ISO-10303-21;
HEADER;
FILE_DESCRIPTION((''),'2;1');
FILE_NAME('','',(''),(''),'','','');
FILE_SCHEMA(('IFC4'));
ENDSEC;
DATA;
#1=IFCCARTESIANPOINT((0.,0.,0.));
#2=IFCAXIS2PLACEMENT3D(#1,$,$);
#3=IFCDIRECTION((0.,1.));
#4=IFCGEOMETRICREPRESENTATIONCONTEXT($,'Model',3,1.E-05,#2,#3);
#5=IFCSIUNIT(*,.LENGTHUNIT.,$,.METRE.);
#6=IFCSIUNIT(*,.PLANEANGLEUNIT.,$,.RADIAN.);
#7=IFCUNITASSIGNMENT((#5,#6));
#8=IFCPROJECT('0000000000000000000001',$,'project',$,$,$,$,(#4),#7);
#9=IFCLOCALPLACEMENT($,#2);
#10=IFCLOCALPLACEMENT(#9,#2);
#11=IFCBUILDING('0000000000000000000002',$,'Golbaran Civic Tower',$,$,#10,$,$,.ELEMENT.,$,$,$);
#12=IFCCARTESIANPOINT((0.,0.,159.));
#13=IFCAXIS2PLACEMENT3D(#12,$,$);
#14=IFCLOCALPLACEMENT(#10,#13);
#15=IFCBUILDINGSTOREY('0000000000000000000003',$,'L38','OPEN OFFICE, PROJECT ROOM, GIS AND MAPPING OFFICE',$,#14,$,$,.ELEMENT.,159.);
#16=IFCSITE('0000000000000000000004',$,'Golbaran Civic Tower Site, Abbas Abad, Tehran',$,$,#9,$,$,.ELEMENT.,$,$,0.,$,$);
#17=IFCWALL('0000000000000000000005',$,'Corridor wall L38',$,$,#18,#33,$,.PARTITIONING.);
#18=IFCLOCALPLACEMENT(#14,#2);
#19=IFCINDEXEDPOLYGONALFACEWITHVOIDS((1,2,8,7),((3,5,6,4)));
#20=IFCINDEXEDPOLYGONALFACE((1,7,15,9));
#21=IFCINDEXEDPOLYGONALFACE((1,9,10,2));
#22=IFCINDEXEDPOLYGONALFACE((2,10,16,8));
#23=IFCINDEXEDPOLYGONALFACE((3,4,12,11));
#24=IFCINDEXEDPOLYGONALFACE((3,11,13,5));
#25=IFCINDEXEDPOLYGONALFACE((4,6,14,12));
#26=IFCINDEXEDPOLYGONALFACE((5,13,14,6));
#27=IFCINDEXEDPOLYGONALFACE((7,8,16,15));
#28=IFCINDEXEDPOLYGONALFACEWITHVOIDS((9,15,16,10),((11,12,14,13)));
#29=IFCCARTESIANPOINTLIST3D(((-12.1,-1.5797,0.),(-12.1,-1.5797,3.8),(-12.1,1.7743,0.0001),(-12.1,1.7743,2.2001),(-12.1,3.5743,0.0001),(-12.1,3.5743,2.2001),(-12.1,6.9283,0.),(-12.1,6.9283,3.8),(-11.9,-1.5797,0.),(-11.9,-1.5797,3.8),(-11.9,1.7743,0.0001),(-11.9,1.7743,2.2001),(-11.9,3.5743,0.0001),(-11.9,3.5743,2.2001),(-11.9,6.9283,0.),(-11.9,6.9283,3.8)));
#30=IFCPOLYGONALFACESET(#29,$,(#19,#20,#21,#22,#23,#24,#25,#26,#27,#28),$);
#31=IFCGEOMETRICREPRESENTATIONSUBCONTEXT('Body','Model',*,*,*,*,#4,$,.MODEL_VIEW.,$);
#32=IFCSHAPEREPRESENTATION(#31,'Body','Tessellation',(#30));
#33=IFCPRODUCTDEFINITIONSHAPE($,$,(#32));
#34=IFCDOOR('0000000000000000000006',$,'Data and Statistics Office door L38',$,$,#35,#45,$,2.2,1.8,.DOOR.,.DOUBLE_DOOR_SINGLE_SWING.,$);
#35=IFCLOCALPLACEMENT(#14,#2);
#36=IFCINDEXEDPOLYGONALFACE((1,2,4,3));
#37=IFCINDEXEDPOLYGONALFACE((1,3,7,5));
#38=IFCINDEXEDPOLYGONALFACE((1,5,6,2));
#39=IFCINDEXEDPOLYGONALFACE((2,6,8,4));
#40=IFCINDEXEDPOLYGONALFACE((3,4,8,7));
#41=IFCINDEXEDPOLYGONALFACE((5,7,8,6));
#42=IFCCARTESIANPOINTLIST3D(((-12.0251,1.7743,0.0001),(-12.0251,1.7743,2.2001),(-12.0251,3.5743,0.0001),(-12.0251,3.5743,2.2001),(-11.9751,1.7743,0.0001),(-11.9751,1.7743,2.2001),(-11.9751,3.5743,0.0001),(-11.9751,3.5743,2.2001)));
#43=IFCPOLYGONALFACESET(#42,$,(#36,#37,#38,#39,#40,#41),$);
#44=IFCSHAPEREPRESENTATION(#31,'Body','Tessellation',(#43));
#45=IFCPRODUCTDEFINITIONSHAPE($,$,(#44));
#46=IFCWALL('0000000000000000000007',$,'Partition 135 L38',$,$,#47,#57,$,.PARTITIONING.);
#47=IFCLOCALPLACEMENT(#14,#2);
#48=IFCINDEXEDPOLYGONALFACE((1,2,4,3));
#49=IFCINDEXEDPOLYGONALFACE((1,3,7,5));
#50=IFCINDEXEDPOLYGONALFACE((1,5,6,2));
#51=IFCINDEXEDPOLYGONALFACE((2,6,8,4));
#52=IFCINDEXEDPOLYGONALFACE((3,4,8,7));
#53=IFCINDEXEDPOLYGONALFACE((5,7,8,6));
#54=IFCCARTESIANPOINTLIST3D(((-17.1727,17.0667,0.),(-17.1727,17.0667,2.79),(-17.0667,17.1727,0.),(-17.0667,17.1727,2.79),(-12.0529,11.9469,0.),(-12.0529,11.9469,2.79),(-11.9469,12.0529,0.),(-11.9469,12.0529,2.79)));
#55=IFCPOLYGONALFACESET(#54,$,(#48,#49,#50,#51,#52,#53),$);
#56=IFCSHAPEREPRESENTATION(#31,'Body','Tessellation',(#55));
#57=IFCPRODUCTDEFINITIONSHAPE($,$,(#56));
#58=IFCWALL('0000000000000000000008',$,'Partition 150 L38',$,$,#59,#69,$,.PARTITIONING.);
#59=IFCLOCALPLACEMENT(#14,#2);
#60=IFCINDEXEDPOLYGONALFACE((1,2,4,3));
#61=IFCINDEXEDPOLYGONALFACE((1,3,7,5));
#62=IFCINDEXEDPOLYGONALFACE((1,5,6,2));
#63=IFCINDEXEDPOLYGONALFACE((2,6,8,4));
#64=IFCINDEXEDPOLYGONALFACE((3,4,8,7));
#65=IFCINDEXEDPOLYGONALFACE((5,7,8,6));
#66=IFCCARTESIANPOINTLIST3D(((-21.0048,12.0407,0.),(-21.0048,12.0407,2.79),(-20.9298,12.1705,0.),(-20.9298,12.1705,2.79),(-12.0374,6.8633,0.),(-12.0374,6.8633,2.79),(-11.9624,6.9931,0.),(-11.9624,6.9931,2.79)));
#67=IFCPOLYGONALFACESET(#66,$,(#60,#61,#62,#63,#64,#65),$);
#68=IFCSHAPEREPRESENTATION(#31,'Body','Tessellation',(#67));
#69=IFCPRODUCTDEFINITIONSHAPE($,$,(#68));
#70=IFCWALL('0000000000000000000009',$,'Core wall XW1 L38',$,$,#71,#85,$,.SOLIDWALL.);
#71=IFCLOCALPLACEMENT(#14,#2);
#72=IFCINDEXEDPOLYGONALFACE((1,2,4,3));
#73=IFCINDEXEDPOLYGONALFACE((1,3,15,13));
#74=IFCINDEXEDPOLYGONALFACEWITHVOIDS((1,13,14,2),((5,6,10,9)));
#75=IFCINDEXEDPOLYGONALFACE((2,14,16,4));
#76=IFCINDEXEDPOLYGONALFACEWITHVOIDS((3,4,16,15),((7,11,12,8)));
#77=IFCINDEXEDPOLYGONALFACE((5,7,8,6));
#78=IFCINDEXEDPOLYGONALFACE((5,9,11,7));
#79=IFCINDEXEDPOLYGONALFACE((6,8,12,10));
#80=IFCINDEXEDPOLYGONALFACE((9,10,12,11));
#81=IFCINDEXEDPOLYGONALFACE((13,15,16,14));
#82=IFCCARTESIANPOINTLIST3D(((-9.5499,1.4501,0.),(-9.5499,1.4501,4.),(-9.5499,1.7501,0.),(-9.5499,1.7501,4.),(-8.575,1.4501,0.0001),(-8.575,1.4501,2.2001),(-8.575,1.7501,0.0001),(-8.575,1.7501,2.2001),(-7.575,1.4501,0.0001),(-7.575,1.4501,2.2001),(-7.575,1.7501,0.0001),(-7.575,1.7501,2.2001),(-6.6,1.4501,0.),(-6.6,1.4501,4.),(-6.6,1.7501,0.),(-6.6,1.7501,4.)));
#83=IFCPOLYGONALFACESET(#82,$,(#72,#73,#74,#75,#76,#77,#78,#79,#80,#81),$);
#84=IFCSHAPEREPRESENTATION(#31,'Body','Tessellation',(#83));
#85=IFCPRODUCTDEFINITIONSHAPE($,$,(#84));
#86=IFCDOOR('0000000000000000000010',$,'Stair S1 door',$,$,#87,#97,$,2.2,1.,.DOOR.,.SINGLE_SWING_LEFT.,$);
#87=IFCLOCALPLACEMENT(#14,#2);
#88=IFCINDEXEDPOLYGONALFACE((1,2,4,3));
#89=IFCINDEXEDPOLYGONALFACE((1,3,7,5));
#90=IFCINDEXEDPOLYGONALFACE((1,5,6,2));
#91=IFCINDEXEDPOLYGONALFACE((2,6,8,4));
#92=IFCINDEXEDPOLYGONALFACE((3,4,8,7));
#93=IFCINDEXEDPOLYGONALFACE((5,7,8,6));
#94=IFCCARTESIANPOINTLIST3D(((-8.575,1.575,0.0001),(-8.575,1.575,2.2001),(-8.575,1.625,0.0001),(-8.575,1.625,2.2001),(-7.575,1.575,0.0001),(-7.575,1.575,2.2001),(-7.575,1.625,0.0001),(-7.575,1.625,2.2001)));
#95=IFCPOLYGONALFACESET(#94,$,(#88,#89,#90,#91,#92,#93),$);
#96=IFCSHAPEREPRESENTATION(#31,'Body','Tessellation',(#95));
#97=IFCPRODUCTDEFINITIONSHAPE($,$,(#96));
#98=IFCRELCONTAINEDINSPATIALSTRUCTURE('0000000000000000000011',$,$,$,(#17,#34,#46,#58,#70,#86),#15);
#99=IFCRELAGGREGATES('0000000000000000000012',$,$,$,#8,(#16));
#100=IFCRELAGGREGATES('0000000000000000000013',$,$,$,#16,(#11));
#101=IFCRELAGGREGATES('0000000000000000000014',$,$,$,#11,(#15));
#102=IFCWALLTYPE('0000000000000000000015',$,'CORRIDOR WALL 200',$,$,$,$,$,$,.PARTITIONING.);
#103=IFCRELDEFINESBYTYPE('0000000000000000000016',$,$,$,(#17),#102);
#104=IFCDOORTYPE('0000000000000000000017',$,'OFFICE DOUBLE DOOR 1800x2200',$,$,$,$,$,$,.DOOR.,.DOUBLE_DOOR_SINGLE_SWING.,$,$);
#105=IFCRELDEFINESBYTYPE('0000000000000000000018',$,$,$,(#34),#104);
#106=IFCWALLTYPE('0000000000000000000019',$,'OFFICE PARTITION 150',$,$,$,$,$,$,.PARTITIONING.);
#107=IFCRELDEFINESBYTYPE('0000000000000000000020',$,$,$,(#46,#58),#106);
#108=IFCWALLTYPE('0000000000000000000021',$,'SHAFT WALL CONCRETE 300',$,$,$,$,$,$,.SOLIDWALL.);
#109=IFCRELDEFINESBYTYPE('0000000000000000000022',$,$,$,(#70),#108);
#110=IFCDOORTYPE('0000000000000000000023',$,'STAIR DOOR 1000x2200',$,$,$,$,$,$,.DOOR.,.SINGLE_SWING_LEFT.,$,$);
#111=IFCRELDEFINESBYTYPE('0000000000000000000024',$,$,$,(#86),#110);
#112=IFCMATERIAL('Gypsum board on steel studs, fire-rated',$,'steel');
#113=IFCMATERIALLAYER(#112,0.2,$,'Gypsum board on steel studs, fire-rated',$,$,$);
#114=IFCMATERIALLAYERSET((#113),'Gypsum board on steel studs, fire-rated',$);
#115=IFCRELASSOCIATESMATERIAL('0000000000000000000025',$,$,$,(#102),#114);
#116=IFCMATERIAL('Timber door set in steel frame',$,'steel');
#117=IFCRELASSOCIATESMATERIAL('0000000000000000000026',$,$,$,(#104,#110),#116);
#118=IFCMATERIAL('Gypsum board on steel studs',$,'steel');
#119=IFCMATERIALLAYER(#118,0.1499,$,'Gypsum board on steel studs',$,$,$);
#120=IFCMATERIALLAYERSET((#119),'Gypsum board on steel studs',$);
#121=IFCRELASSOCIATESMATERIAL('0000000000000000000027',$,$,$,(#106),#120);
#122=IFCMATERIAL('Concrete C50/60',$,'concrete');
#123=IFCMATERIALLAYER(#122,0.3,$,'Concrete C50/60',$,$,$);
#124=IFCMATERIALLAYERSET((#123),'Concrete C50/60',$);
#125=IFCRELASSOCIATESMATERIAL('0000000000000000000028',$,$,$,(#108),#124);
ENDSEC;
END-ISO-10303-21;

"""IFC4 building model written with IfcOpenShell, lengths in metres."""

from ifc_helpers import new_model, si_unit, direction, frame, frame_2d, origin, place, context, subcontext, project, spatial, rectangle, extrude, material, layer, layer_set, type_object, element, fill, save


model = new_model("IFC4")

# Units and contexts
model_context = context("Model", 3, precision=1e-05, world=origin(), true_north=direction((0.0, 1.0)))
body_context = subcontext(model_context, "Body", "Model", "MODEL_VIEW")
ifc_project = project(units=[si_unit("LENGTHUNIT", "METRE"), si_unit("PLANEANGLEUNIT", "RADIAN")], contexts=[model_context])

# Site, building, storey
site_placement = place(None, origin())
site = spatial("IfcSite", under=ifc_project, at=site_placement, Name="Golbaran Civic Tower Site, Abbas Abad, Tehran", CompositionType="ELEMENT", RefElevation=0.0)
building_placement = place(site_placement, origin())
building = spatial("IfcBuilding", under=site, at=building_placement, Name="Golbaran Civic Tower", CompositionType="ELEMENT")
storey_placement = place(building_placement, frame((0.0, 0.0, 159.0)))
storey = spatial("IfcBuildingStorey", under=building, at=storey_placement, Name="L38", Description="OPEN OFFICE, PROJECT ROOM, GIS AND MAPPING OFFICE", CompositionType="ELEMENT", Elevation=159.0)

# Shared definitions
ifc_material_1 = material(Name="Concrete C50/60", Category="concrete")
ifc_material_2 = material(Name="Timber door set in steel frame", Category="steel")

# Wall, opening, door
ifc_material_3 = material(Name="Gypsum board on steel studs, fire-rated", Category="steel")
ifc_layer_1 = layer(ifc_material_3, 0.2, Name="Gypsum board on steel studs, fire-rated")
ifc_layer_set_1 = layer_set([ifc_layer_1], Name="Gypsum board on steel studs, fire-rated")
wall_type_1 = type_object("IfcWallType", Name="CORRIDOR WALL 200", PredefinedType="PARTITIONING", material=ifc_layer_set_1)
wall_1_placement = place(storey_placement, frame((-12.0, 6.9282, 0.0), z_axis=(0.0, 0.0, 1.0), x_axis=(0.0, -1.0, 0.0)))
wall_1 = element("IfcWall", 1, at=wall_1_placement, inside=storey, type_object=wall_type_1, Name="Corridor wall L38", PredefinedType="PARTITIONING", context=body_context, shape_type="SweptSolid", body=[
    extrude(rectangle(XDim=8.5081, YDim=0.2, at=frame_2d((4.2539, 0.0))), origin(), (0.0, 0.0, 1.0), 3.8),
])
opening_1_placement = place(wall_1_placement, frame((3.354, 0.0, 0.0)))
opening_1 = element("IfcOpeningElement", 2, at=opening_1_placement, cuts=wall_1, PredefinedType="OPENING", context=body_context, shape_type="SweptSolid", body=[
    extrude(rectangle(XDim=1.8, YDim=2.2, at=frame_2d((0.8999, 1.1001))), frame((0.0, 0.1099, 0.0), z_axis=(0.0, -1.0, 0.0), x_axis=(1.0, 0.0, 0.0)), (0.0, 0.0, 1.0), 0.22),
])
door_type_1 = type_object("IfcDoorType", Name="OFFICE DOUBLE DOOR 1800x2200", OperationType="DOUBLE_DOOR_SINGLE_SWING", PredefinedType="DOOR", material=ifc_material_2)
door_1_placement = place(opening_1_placement, origin())
door_1 = element("IfcDoor", 3, at=door_1_placement, inside=storey, type_object=door_type_1, Name="Data and Statistics Office door L38", OperationType="DOUBLE_DOOR_SINGLE_SWING", OverallHeight=2.2, OverallWidth=1.8, PredefinedType="DOOR", context=body_context, shape_type="SweptSolid", body=[
    extrude(rectangle(XDim=1.8, YDim=2.2, at=frame_2d((0.8999, 1.1001))), frame((0.0, 0.0249, 0.0), z_axis=(0.0, -1.0, 0.0), x_axis=(1.0, 0.0, 0.0)), (0.0, 0.0, 1.0), 0.05),
])
fill(opening_1, door_1)

# Walls
ifc_material_4 = material(Name="Gypsum board on steel studs", Category="steel")
ifc_layer_2 = layer(ifc_material_4, 0.1499, Name="Gypsum board on steel studs")
ifc_layer_set_2 = layer_set([ifc_layer_2], Name="Gypsum board on steel studs")
wall_type_2 = type_object("IfcWallType", Name="OFFICE PARTITION 150", PredefinedType="PARTITIONING", material=ifc_layer_set_2)
wall_2_placement = place(storey_placement, frame((-12.0, 12.0, 0.0), z_axis=(0.0, 0.0, 1.0), x_axis=(-0.707107, 0.707107, 0.0)))
element("IfcWall", 4, at=wall_2_placement, inside=storey, type_object=wall_type_2, Name="Partition 135 L38", PredefinedType="PARTITIONING", context=body_context, shape_type="SweptSolid", body=[
    extrude(rectangle(XDim=7.2405, YDim=0.1499, at=frame_2d((3.6201, 0.0))), origin(), (0.0, 0.0, 1.0), 2.79),
])
wall_3_placement = place(storey_placement, frame((-12.0, 6.9282, 0.0), z_axis=(0.0, 0.0, 1.0), x_axis=(-0.866022, 0.500006, 0.0)))
element("IfcWall", 5, at=wall_3_placement, inside=storey, type_object=wall_type_2, Name="Partition 150 L38", PredefinedType="PARTITIONING", context=body_context, shape_type="SweptSolid", body=[
    extrude(rectangle(XDim=10.3547, YDim=0.1499, at=frame_2d((5.1772, 0.0))), origin(), (0.0, 0.0, 1.0), 2.79),
])

# Wall, opening, door
ifc_layer_3 = layer(ifc_material_1, 0.3, Name="Concrete C50/60")
ifc_layer_set_3 = layer_set([ifc_layer_3], Name="Concrete C50/60")
wall_type_3 = type_object("IfcWallType", Name="SHAFT WALL CONCRETE 300", PredefinedType="SOLIDWALL", material=ifc_layer_set_3)
wall_4_placement = place(storey_placement, frame((-9.55, 1.6001, 0.0), z_axis=(0.0, 0.0, 1.0), x_axis=(1.0, 0.0, 0.0)))
wall_4 = element("IfcWall", 6, at=wall_4_placement, inside=storey, type_object=wall_type_3, Name="Core wall XW1 L38", PredefinedType="SOLIDWALL", context=body_context, shape_type="SweptSolid", body=[
    extrude(rectangle(XDim=2.95, YDim=0.3, at=frame_2d((1.4751, 0.0))), origin(), (0.0, 0.0, 1.0), 4.0),
])
opening_2_placement = place(wall_4_placement, frame((0.9751, 0.0, 0.0)))
opening_2 = element("IfcOpeningElement", 7, at=opening_2_placement, cuts=wall_4, PredefinedType="OPENING", context=body_context, shape_type="SweptSolid", body=[
    extrude(rectangle(XDim=1.0, YDim=2.2, at=frame_2d((0.5, 1.1001))), frame((0.0, 0.1599, 0.0), z_axis=(0.0, -1.0, 0.0), x_axis=(1.0, 0.0, 0.0)), (0.0, 0.0, 1.0), 0.3201),
])
door_type_2 = type_object("IfcDoorType", Name="STAIR DOOR 1000x2200", OperationType="SINGLE_SWING_LEFT", PredefinedType="DOOR", material=ifc_material_2)
door_2_placement = place(opening_2_placement, origin())
door_2 = element("IfcDoor", 8, at=door_2_placement, inside=storey, type_object=door_type_2, Name="Stair S1 door", OperationType="SINGLE_SWING_LEFT", OverallHeight=2.2, OverallWidth=1.0, PredefinedType="DOOR", context=body_context, shape_type="SweptSolid", body=[
    extrude(rectangle(XDim=1.0, YDim=2.2, at=frame_2d((0.5, 1.1001))), frame((0.0, 0.0249, 0.0), z_axis=(0.0, -1.0, 0.0), x_axis=(1.0, 0.0, 0.0)), (0.0, 0.0, 1.0), 0.05),
])
fill(opening_2, door_2)

save(model, "model.ifc")
